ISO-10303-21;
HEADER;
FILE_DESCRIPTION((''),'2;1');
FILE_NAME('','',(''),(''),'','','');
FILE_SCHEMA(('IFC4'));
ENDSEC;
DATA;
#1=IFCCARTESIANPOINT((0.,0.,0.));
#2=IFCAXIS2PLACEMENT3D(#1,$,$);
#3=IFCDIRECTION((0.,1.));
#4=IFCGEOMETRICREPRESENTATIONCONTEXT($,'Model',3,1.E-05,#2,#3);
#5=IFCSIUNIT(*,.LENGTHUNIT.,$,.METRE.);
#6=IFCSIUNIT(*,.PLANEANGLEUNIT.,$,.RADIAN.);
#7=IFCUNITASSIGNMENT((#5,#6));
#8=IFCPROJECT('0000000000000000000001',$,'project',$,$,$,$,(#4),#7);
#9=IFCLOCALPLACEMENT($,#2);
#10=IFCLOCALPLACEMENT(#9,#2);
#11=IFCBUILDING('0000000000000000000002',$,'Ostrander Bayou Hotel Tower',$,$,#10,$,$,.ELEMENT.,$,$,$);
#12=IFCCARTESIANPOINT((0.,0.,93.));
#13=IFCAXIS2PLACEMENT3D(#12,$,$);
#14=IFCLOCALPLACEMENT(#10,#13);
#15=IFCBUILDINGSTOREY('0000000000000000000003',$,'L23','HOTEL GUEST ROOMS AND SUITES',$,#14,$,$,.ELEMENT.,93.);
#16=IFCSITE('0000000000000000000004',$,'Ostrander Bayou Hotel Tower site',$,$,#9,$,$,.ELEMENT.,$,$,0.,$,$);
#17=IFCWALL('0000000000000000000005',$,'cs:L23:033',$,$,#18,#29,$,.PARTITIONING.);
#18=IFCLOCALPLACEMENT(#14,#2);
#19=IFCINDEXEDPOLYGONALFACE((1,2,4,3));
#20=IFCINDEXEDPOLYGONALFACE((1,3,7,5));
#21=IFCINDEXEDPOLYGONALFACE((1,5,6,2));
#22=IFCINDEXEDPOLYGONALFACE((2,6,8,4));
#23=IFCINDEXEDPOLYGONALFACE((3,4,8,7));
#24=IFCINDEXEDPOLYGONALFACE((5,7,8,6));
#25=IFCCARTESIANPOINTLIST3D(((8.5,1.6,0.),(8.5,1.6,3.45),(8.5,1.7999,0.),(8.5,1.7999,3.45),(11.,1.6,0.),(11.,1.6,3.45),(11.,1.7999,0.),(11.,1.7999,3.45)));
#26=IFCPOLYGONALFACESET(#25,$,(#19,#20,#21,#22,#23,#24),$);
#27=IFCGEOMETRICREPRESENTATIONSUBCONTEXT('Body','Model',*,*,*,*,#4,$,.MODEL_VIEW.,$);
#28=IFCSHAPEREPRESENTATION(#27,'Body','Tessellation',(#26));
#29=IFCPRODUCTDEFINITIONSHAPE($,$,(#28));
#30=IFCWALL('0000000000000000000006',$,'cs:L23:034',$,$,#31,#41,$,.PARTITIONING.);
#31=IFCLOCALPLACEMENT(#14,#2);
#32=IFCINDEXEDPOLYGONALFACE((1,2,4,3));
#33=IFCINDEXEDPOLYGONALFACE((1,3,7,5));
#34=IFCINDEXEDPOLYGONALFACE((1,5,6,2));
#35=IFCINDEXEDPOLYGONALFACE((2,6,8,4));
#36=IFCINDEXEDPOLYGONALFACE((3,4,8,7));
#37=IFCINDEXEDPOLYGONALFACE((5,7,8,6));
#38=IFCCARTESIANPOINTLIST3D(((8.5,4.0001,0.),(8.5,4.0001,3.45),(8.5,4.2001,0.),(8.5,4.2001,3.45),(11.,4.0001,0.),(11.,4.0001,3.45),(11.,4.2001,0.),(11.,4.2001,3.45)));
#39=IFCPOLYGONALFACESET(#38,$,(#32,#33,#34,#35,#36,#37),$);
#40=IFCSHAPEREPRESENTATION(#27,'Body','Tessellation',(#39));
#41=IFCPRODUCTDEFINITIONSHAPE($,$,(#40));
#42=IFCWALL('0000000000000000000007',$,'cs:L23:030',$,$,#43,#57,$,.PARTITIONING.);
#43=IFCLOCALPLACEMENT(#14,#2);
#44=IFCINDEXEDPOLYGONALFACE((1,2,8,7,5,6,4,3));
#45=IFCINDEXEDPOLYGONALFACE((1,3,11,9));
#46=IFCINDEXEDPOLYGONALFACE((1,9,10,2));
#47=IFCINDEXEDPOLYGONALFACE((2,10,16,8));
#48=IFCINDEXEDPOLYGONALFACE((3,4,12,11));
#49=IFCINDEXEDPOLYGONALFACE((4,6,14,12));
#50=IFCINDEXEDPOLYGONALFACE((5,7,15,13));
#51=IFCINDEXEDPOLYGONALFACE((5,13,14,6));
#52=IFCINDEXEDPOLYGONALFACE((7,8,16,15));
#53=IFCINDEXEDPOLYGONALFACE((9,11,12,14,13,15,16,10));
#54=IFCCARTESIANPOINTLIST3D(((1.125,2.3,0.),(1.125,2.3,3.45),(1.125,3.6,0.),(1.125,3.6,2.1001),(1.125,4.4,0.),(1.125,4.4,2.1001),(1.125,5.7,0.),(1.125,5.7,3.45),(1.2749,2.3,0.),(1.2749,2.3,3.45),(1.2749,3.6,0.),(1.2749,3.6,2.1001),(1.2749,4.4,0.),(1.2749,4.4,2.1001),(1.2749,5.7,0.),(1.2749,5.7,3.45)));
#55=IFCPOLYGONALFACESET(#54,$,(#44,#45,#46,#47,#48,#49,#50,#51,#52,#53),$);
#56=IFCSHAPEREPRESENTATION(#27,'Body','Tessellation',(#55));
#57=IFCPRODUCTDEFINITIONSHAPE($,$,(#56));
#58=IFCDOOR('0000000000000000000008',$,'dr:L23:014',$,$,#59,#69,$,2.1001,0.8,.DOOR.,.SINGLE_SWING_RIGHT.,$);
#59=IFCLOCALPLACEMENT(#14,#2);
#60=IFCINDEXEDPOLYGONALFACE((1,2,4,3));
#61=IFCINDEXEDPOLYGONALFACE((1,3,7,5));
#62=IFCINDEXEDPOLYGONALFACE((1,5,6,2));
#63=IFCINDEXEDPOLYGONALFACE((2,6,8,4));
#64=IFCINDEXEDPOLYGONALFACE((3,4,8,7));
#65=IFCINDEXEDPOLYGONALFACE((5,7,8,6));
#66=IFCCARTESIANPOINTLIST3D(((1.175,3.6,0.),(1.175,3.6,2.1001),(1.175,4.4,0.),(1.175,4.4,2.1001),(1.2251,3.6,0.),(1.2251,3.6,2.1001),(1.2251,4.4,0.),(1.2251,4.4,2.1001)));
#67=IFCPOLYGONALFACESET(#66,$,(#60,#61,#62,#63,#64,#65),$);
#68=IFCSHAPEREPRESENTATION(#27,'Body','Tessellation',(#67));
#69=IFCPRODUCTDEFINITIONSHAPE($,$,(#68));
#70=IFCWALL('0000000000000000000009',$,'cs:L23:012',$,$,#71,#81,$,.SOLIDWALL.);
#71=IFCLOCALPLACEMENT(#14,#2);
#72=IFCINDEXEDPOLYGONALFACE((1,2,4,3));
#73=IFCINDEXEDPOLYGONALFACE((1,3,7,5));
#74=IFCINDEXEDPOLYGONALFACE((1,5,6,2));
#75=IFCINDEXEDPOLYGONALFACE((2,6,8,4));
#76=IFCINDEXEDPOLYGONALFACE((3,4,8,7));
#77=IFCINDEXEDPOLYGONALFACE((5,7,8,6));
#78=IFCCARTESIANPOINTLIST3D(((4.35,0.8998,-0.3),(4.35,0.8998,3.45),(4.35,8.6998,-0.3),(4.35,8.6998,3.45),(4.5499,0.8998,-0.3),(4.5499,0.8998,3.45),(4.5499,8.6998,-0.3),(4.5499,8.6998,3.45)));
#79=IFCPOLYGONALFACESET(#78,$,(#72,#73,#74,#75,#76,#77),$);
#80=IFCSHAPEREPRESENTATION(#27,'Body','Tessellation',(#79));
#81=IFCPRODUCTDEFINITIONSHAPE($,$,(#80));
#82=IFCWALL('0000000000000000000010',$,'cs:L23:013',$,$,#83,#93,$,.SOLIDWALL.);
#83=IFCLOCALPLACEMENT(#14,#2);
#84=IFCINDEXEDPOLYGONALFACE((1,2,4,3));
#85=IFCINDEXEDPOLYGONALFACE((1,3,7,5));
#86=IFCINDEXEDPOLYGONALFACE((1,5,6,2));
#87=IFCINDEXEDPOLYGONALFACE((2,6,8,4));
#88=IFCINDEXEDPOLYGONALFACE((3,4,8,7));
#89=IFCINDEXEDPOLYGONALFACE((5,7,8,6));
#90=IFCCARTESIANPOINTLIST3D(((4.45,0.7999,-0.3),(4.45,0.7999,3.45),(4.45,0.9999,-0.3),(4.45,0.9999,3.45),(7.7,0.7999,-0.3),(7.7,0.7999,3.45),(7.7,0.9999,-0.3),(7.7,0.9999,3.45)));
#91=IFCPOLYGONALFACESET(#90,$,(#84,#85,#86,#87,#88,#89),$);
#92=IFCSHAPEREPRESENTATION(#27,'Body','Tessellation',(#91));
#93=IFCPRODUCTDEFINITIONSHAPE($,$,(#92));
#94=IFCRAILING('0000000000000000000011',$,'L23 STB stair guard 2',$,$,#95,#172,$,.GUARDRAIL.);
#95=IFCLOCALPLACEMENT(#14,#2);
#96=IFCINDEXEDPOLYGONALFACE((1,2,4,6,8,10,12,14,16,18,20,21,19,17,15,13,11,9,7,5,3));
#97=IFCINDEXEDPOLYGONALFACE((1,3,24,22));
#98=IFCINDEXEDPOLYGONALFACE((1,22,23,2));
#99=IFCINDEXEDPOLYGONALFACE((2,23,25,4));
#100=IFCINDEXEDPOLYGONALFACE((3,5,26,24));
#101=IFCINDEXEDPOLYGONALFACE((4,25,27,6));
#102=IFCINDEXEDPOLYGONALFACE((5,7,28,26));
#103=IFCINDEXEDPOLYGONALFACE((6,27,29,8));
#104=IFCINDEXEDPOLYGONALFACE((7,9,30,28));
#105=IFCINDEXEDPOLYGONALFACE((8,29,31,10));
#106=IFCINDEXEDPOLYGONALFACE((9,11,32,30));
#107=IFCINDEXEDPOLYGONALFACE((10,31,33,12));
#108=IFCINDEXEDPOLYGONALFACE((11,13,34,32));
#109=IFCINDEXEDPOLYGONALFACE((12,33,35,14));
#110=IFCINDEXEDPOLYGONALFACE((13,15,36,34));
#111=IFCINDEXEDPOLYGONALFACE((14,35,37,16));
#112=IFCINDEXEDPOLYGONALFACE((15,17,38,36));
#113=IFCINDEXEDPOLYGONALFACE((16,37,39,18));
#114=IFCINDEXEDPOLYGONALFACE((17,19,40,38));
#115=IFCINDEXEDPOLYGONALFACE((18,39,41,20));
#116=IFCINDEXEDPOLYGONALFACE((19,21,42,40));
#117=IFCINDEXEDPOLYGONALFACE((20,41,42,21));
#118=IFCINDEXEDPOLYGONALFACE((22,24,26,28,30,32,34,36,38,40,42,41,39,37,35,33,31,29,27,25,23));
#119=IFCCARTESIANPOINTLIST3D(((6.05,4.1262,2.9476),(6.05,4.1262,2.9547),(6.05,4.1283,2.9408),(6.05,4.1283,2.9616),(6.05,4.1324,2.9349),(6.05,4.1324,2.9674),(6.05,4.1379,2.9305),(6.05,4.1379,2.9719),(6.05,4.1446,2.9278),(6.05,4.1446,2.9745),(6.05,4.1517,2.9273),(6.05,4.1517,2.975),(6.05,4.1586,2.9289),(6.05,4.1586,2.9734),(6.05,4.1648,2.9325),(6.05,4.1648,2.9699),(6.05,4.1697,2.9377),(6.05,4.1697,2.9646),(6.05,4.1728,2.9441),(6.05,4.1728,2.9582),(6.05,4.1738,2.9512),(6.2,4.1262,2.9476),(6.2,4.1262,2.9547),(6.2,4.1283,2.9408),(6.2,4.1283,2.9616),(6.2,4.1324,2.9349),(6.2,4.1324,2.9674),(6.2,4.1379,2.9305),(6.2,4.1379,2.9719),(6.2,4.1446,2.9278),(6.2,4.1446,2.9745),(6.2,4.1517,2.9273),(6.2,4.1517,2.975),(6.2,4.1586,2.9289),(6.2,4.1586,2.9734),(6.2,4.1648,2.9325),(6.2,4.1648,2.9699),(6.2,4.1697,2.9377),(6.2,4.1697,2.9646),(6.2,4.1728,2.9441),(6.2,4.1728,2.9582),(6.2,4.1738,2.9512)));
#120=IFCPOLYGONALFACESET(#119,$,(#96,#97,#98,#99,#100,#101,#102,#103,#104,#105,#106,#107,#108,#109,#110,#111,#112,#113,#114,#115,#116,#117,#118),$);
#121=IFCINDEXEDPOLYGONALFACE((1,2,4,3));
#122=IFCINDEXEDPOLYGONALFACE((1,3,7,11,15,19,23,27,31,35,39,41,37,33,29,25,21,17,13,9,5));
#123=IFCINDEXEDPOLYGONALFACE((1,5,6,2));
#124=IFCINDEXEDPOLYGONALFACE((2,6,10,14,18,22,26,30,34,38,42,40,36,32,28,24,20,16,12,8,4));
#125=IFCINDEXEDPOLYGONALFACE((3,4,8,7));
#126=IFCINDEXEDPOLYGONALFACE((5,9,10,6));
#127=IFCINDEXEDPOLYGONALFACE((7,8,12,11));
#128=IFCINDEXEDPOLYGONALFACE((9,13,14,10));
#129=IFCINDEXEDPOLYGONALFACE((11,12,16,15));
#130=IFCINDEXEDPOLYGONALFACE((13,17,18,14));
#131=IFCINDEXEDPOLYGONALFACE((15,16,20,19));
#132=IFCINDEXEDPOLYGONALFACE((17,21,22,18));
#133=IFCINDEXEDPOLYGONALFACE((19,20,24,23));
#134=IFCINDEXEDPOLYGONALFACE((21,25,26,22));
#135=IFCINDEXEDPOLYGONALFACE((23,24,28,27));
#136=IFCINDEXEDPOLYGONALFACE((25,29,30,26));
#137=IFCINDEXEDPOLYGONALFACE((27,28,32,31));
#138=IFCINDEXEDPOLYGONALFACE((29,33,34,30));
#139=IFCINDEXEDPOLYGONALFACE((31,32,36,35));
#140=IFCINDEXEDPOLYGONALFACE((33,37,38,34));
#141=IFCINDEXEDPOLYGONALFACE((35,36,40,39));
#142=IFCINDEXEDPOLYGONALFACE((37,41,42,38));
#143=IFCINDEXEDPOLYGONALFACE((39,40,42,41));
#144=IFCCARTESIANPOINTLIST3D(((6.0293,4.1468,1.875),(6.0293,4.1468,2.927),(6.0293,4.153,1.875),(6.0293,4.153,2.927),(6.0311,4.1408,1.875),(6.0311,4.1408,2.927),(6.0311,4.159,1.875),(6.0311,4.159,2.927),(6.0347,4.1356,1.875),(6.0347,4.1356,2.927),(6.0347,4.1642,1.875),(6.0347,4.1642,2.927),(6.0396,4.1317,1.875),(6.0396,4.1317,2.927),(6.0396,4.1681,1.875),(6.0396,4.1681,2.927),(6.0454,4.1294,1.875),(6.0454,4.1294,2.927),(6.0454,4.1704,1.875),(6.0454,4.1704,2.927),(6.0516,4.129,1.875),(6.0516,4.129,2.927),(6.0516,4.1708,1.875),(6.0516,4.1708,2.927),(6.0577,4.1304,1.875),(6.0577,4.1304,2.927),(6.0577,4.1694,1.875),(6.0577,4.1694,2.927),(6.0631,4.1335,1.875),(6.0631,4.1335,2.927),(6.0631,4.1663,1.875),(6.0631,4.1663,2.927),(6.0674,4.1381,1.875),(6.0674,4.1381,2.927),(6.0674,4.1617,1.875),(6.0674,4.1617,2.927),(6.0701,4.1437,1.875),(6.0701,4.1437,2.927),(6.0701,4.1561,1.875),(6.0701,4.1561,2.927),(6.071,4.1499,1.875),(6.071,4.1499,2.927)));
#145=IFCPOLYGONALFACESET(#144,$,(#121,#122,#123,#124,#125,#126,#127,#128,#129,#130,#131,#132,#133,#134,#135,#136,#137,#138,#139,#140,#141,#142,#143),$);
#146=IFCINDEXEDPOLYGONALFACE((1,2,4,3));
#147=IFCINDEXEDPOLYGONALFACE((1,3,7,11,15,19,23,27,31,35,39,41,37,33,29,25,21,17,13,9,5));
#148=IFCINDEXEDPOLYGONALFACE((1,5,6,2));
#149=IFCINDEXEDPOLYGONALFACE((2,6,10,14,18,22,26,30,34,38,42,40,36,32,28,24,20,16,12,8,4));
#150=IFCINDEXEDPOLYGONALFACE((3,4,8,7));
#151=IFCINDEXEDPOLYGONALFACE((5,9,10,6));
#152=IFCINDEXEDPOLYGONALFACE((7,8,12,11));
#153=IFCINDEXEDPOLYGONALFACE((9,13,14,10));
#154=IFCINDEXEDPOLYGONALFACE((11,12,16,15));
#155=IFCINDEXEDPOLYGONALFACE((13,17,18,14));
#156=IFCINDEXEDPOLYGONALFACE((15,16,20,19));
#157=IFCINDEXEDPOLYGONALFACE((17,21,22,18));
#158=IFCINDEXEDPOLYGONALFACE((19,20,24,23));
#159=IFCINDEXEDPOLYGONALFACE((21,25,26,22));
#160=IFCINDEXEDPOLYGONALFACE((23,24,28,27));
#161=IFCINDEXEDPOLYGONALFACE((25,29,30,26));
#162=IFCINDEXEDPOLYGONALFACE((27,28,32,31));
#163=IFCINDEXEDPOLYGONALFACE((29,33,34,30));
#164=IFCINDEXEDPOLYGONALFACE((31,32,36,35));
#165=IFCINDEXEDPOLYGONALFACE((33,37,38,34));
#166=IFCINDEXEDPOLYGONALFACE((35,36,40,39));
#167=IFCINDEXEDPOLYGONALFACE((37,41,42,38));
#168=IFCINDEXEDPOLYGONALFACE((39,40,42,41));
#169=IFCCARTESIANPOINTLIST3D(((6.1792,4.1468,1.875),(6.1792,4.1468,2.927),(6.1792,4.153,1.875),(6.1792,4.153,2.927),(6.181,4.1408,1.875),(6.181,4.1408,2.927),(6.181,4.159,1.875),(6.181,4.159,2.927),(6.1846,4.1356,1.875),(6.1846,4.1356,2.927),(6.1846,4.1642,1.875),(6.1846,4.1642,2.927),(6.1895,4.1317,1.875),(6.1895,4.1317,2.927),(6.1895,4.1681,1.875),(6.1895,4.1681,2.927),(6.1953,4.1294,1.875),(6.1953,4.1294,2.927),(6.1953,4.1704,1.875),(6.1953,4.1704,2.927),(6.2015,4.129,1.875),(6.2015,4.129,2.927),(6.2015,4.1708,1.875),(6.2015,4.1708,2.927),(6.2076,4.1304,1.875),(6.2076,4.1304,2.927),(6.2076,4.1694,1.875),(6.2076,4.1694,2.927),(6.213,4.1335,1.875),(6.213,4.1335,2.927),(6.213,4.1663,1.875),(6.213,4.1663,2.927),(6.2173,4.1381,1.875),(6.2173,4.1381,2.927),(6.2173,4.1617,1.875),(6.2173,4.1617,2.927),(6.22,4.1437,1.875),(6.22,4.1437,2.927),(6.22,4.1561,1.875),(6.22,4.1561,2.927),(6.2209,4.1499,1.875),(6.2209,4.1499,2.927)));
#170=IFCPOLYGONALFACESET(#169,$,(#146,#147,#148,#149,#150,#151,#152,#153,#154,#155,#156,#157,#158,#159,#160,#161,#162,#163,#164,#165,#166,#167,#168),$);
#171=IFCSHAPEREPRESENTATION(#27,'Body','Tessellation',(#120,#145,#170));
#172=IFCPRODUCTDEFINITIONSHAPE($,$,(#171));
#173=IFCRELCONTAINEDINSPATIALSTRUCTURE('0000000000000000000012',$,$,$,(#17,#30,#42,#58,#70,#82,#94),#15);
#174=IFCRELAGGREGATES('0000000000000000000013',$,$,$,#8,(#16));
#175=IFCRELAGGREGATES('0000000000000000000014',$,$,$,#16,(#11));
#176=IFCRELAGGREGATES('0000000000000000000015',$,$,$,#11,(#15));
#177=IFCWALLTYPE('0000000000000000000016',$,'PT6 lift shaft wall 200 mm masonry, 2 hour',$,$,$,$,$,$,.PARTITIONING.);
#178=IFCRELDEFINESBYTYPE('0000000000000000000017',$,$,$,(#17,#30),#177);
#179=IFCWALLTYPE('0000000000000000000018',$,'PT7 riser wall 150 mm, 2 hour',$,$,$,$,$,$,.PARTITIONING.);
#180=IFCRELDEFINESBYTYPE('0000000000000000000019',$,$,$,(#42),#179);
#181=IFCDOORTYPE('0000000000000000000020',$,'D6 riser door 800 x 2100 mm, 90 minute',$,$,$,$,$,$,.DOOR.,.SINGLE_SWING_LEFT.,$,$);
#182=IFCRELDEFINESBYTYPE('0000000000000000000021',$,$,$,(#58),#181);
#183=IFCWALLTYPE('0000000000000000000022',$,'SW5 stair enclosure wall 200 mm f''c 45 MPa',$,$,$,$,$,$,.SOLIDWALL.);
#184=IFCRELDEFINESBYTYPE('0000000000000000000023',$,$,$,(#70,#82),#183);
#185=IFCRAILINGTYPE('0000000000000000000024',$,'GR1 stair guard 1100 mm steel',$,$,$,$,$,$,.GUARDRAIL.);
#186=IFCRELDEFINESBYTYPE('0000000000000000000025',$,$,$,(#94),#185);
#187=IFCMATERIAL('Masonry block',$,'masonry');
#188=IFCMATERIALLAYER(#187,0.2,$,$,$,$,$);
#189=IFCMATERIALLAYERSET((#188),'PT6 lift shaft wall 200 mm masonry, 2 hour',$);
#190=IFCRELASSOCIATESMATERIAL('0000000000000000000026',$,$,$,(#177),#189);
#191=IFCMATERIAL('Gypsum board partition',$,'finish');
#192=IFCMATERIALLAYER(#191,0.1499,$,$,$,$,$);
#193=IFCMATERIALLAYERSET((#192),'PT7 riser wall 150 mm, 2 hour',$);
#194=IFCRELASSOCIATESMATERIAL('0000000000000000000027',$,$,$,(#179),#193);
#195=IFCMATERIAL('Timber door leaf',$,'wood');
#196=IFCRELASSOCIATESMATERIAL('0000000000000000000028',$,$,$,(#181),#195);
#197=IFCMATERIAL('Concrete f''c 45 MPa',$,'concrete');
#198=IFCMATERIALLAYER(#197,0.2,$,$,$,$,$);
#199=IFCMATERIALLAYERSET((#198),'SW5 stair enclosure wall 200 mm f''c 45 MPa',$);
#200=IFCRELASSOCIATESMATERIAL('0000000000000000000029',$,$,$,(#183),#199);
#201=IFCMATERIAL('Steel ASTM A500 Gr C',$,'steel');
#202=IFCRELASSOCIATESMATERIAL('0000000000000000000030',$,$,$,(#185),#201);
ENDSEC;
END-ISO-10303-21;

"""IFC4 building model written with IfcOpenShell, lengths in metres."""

from ifc_helpers import new_model, si_unit, direction, frame, frame_2d, origin, origin_2d, place, context, subcontext, project, spatial, rectangle, circle, extrude, material, layer, layer_set, type_object, element, fill, save


model = new_model("IFC4")

# Units and contexts
model_context = context("Model", 3, precision=1e-05, world=origin(), true_north=direction((0.0, 1.0)))
body_context = subcontext(model_context, "Body", "Model", "MODEL_VIEW")
ifc_project = project(units=[si_unit("LENGTHUNIT", "METRE"), si_unit("PLANEANGLEUNIT", "RADIAN")], contexts=[model_context])

# Site, building, storey
site_placement = place(None, origin())
site = spatial("IfcSite", under=ifc_project, at=site_placement, Name="Ostrander Bayou Hotel Tower site", CompositionType="ELEMENT", RefElevation=0.0)
building_placement = place(site_placement, origin())
building = spatial("IfcBuilding", under=site, at=building_placement, Name="Ostrander Bayou Hotel Tower", CompositionType="ELEMENT")
storey_placement = place(building_placement, frame((0.0, 0.0, 93.0)))
storey = spatial("IfcBuildingStorey", under=building, at=storey_placement, Name="L23", Description="HOTEL GUEST ROOMS AND SUITES", CompositionType="ELEMENT", Elevation=93.0)

# Walls
ifc_material_1 = material(Name="Masonry block", Category="masonry")
ifc_layer_1 = layer(ifc_material_1, 0.2)
ifc_layer_set_1 = layer_set([ifc_layer_1], Name="PT6 lift shaft wall 200 mm masonry, 2 hour")
wall_type_1 = type_object("IfcWallType", Name="PT6 lift shaft wall 200 mm masonry, 2 hour", PredefinedType="PARTITIONING", material=ifc_layer_set_1)
for number, where, z_axis, x_axis, name in (
    (1, (8.5, 1.7, 0.0), (0.0, 0.0, 1.0), (1.0, 0.0, 0.0), "cs:L23:033"),
    (2, (8.5, 4.1001, 0.0), (0.0, 0.0, 1.0), (1.0, 0.0, 0.0), "cs:L23:034"),
):
    element("IfcWall", number, at=place(storey_placement, frame(where, z_axis=z_axis, x_axis=x_axis)), inside=storey, type_object=wall_type_1, Name=name, PredefinedType="PARTITIONING", context=body_context, shape_type="SweptSolid", body=[
        extrude(rectangle(XDim=2.5, YDim=0.2, at=frame_2d((1.25, 0.0))), origin(), (0.0, 0.0, 1.0), 3.45),
    ])

# Wall, opening, door
ifc_material_2 = material(Name="Gypsum board partition", Category="finish")
ifc_layer_2 = layer(ifc_material_2, 0.1499)
ifc_layer_set_2 = layer_set([ifc_layer_2], Name="PT7 riser wall 150 mm, 2 hour")
wall_type_2 = type_object("IfcWallType", Name="PT7 riser wall 150 mm, 2 hour", PredefinedType="PARTITIONING", material=ifc_layer_set_2)
wall_1_placement = place(storey_placement, frame((1.2, 2.3, 0.0), z_axis=(0.0, 0.0, 1.0), x_axis=(0.0, 1.0, 0.0)))
wall_1 = element("IfcWall", 3, at=wall_1_placement, inside=storey, type_object=wall_type_2, Name="cs:L23:030", PredefinedType="PARTITIONING", context=body_context, shape_type="SweptSolid", body=[
    extrude(rectangle(XDim=3.3999, YDim=0.1499, at=frame_2d((1.7, 0.0))), origin(), (0.0, 0.0, 1.0), 3.45),
])
opening_placement = place(wall_1_placement, frame((1.3, 0.0, 0.0)))
opening = element("IfcOpeningElement", 4, at=opening_placement, cuts=wall_1, PredefinedType="OPENING", context=body_context, shape_type="SweptSolid", body=[
    extrude(rectangle(XDim=0.8, YDim=2.1001, at=frame_2d((0.3999, 1.05))), frame((0.0, 0.075, 0.0), z_axis=(0.0, -1.0, 0.0), x_axis=(1.0, 0.0, 0.0)), (0.0, 0.0, 1.0), 0.1499),
])
ifc_material_3 = material(Name="Timber door leaf", Category="wood")
door_type = type_object("IfcDoorType", Name="D6 riser door 800 x 2100 mm, 90 minute", OperationType="SINGLE_SWING_LEFT", PredefinedType="DOOR", material=ifc_material_3)
door_placement = place(opening_placement, origin())
door = element("IfcDoor", 5, at=door_placement, inside=storey, type_object=door_type, Name="dr:L23:014", OperationType="SINGLE_SWING_RIGHT", OverallHeight=2.1001, OverallWidth=0.8, PredefinedType="DOOR", context=body_context, shape_type="SweptSolid", body=[
    extrude(rectangle(XDim=0.8, YDim=2.1001, at=frame_2d((0.3999, 1.05))), frame((0.0, 0.0249, 0.0), z_axis=(0.0, -1.0, 0.0), x_axis=(1.0, 0.0, 0.0)), (0.0, 0.0, 1.0), 0.05),
])
fill(opening, door)

# Walls
ifc_material_4 = material(Name="Concrete f'c 45 MPa", Category="concrete")
ifc_layer_3 = layer(ifc_material_4, 0.2)
ifc_layer_set_3 = layer_set([ifc_layer_3], Name="SW5 stair enclosure wall 200 mm f'c 45 MPa")
wall_type_3 = type_object("IfcWallType", Name="SW5 stair enclosure wall 200 mm f'c 45 MPa", PredefinedType="SOLIDWALL", material=ifc_layer_set_3)
wall_2_placement = place(storey_placement, frame((4.45, 0.8999, -0.3), z_axis=(0.0, 0.0, 1.0), x_axis=(0.0, 1.0, 0.0)))
element("IfcWall", 6, at=wall_2_placement, inside=storey, type_object=wall_type_3, Name="cs:L23:012", PredefinedType="SOLIDWALL", context=body_context, shape_type="SweptSolid", body=[
    extrude(rectangle(XDim=7.8, YDim=0.2, at=frame_2d((3.8999, 0.0))), origin(), (0.0, 0.0, 1.0), 3.75),
])
wall_3_placement = place(storey_placement, frame((4.45, 0.8999, -0.3), z_axis=(0.0, 0.0, 1.0), x_axis=(1.0, 0.0, 0.0)))
element("IfcWall", 7, at=wall_3_placement, inside=storey, type_object=wall_type_3, Name="cs:L23:013", PredefinedType="SOLIDWALL", context=body_context, shape_type="SweptSolid", body=[
    extrude(rectangle(XDim=3.25, YDim=0.2, at=frame_2d((1.625, 0.0))), origin(), (0.0, 0.0, 1.0), 3.75),
])

# Railing
ifc_material_5 = material(Name="Steel ASTM A500 Gr C", Category="steel")
railing_type = type_object("IfcRailingType", Name="GR1 stair guard 1100 mm steel", PredefinedType="GUARDRAIL", material=ifc_material_5)
railing_placement = place(storey_placement, frame((6.05, 4.1499, 1.875)))
element("IfcRailing", 8, at=railing_placement, inside=storey, type_object=railing_type, Name="L23 STB stair guard 2", PredefinedType="GUARDRAIL", context=body_context, shape_type="SweptSolid", body=[
    extrude(circle(Radius=0.0239, at=origin_2d()), frame((0.0, 0.0, 1.0762), z_axis=(1.0, 0.0, 0.0), x_axis=(0.0, 1.0, 0.0)), (0.0, 0.0, 1.0), 0.1499),
    extrude(circle(Radius=0.021, at=origin_2d()), origin(), (0.0, 0.0, 1.0), 1.052),
    extrude(circle(Radius=0.021, at=origin_2d()), frame((0.1499, 0.0, 0.0)), (0.0, 0.0, 1.0), 1.052),
])

save(model, "model.ifc")
